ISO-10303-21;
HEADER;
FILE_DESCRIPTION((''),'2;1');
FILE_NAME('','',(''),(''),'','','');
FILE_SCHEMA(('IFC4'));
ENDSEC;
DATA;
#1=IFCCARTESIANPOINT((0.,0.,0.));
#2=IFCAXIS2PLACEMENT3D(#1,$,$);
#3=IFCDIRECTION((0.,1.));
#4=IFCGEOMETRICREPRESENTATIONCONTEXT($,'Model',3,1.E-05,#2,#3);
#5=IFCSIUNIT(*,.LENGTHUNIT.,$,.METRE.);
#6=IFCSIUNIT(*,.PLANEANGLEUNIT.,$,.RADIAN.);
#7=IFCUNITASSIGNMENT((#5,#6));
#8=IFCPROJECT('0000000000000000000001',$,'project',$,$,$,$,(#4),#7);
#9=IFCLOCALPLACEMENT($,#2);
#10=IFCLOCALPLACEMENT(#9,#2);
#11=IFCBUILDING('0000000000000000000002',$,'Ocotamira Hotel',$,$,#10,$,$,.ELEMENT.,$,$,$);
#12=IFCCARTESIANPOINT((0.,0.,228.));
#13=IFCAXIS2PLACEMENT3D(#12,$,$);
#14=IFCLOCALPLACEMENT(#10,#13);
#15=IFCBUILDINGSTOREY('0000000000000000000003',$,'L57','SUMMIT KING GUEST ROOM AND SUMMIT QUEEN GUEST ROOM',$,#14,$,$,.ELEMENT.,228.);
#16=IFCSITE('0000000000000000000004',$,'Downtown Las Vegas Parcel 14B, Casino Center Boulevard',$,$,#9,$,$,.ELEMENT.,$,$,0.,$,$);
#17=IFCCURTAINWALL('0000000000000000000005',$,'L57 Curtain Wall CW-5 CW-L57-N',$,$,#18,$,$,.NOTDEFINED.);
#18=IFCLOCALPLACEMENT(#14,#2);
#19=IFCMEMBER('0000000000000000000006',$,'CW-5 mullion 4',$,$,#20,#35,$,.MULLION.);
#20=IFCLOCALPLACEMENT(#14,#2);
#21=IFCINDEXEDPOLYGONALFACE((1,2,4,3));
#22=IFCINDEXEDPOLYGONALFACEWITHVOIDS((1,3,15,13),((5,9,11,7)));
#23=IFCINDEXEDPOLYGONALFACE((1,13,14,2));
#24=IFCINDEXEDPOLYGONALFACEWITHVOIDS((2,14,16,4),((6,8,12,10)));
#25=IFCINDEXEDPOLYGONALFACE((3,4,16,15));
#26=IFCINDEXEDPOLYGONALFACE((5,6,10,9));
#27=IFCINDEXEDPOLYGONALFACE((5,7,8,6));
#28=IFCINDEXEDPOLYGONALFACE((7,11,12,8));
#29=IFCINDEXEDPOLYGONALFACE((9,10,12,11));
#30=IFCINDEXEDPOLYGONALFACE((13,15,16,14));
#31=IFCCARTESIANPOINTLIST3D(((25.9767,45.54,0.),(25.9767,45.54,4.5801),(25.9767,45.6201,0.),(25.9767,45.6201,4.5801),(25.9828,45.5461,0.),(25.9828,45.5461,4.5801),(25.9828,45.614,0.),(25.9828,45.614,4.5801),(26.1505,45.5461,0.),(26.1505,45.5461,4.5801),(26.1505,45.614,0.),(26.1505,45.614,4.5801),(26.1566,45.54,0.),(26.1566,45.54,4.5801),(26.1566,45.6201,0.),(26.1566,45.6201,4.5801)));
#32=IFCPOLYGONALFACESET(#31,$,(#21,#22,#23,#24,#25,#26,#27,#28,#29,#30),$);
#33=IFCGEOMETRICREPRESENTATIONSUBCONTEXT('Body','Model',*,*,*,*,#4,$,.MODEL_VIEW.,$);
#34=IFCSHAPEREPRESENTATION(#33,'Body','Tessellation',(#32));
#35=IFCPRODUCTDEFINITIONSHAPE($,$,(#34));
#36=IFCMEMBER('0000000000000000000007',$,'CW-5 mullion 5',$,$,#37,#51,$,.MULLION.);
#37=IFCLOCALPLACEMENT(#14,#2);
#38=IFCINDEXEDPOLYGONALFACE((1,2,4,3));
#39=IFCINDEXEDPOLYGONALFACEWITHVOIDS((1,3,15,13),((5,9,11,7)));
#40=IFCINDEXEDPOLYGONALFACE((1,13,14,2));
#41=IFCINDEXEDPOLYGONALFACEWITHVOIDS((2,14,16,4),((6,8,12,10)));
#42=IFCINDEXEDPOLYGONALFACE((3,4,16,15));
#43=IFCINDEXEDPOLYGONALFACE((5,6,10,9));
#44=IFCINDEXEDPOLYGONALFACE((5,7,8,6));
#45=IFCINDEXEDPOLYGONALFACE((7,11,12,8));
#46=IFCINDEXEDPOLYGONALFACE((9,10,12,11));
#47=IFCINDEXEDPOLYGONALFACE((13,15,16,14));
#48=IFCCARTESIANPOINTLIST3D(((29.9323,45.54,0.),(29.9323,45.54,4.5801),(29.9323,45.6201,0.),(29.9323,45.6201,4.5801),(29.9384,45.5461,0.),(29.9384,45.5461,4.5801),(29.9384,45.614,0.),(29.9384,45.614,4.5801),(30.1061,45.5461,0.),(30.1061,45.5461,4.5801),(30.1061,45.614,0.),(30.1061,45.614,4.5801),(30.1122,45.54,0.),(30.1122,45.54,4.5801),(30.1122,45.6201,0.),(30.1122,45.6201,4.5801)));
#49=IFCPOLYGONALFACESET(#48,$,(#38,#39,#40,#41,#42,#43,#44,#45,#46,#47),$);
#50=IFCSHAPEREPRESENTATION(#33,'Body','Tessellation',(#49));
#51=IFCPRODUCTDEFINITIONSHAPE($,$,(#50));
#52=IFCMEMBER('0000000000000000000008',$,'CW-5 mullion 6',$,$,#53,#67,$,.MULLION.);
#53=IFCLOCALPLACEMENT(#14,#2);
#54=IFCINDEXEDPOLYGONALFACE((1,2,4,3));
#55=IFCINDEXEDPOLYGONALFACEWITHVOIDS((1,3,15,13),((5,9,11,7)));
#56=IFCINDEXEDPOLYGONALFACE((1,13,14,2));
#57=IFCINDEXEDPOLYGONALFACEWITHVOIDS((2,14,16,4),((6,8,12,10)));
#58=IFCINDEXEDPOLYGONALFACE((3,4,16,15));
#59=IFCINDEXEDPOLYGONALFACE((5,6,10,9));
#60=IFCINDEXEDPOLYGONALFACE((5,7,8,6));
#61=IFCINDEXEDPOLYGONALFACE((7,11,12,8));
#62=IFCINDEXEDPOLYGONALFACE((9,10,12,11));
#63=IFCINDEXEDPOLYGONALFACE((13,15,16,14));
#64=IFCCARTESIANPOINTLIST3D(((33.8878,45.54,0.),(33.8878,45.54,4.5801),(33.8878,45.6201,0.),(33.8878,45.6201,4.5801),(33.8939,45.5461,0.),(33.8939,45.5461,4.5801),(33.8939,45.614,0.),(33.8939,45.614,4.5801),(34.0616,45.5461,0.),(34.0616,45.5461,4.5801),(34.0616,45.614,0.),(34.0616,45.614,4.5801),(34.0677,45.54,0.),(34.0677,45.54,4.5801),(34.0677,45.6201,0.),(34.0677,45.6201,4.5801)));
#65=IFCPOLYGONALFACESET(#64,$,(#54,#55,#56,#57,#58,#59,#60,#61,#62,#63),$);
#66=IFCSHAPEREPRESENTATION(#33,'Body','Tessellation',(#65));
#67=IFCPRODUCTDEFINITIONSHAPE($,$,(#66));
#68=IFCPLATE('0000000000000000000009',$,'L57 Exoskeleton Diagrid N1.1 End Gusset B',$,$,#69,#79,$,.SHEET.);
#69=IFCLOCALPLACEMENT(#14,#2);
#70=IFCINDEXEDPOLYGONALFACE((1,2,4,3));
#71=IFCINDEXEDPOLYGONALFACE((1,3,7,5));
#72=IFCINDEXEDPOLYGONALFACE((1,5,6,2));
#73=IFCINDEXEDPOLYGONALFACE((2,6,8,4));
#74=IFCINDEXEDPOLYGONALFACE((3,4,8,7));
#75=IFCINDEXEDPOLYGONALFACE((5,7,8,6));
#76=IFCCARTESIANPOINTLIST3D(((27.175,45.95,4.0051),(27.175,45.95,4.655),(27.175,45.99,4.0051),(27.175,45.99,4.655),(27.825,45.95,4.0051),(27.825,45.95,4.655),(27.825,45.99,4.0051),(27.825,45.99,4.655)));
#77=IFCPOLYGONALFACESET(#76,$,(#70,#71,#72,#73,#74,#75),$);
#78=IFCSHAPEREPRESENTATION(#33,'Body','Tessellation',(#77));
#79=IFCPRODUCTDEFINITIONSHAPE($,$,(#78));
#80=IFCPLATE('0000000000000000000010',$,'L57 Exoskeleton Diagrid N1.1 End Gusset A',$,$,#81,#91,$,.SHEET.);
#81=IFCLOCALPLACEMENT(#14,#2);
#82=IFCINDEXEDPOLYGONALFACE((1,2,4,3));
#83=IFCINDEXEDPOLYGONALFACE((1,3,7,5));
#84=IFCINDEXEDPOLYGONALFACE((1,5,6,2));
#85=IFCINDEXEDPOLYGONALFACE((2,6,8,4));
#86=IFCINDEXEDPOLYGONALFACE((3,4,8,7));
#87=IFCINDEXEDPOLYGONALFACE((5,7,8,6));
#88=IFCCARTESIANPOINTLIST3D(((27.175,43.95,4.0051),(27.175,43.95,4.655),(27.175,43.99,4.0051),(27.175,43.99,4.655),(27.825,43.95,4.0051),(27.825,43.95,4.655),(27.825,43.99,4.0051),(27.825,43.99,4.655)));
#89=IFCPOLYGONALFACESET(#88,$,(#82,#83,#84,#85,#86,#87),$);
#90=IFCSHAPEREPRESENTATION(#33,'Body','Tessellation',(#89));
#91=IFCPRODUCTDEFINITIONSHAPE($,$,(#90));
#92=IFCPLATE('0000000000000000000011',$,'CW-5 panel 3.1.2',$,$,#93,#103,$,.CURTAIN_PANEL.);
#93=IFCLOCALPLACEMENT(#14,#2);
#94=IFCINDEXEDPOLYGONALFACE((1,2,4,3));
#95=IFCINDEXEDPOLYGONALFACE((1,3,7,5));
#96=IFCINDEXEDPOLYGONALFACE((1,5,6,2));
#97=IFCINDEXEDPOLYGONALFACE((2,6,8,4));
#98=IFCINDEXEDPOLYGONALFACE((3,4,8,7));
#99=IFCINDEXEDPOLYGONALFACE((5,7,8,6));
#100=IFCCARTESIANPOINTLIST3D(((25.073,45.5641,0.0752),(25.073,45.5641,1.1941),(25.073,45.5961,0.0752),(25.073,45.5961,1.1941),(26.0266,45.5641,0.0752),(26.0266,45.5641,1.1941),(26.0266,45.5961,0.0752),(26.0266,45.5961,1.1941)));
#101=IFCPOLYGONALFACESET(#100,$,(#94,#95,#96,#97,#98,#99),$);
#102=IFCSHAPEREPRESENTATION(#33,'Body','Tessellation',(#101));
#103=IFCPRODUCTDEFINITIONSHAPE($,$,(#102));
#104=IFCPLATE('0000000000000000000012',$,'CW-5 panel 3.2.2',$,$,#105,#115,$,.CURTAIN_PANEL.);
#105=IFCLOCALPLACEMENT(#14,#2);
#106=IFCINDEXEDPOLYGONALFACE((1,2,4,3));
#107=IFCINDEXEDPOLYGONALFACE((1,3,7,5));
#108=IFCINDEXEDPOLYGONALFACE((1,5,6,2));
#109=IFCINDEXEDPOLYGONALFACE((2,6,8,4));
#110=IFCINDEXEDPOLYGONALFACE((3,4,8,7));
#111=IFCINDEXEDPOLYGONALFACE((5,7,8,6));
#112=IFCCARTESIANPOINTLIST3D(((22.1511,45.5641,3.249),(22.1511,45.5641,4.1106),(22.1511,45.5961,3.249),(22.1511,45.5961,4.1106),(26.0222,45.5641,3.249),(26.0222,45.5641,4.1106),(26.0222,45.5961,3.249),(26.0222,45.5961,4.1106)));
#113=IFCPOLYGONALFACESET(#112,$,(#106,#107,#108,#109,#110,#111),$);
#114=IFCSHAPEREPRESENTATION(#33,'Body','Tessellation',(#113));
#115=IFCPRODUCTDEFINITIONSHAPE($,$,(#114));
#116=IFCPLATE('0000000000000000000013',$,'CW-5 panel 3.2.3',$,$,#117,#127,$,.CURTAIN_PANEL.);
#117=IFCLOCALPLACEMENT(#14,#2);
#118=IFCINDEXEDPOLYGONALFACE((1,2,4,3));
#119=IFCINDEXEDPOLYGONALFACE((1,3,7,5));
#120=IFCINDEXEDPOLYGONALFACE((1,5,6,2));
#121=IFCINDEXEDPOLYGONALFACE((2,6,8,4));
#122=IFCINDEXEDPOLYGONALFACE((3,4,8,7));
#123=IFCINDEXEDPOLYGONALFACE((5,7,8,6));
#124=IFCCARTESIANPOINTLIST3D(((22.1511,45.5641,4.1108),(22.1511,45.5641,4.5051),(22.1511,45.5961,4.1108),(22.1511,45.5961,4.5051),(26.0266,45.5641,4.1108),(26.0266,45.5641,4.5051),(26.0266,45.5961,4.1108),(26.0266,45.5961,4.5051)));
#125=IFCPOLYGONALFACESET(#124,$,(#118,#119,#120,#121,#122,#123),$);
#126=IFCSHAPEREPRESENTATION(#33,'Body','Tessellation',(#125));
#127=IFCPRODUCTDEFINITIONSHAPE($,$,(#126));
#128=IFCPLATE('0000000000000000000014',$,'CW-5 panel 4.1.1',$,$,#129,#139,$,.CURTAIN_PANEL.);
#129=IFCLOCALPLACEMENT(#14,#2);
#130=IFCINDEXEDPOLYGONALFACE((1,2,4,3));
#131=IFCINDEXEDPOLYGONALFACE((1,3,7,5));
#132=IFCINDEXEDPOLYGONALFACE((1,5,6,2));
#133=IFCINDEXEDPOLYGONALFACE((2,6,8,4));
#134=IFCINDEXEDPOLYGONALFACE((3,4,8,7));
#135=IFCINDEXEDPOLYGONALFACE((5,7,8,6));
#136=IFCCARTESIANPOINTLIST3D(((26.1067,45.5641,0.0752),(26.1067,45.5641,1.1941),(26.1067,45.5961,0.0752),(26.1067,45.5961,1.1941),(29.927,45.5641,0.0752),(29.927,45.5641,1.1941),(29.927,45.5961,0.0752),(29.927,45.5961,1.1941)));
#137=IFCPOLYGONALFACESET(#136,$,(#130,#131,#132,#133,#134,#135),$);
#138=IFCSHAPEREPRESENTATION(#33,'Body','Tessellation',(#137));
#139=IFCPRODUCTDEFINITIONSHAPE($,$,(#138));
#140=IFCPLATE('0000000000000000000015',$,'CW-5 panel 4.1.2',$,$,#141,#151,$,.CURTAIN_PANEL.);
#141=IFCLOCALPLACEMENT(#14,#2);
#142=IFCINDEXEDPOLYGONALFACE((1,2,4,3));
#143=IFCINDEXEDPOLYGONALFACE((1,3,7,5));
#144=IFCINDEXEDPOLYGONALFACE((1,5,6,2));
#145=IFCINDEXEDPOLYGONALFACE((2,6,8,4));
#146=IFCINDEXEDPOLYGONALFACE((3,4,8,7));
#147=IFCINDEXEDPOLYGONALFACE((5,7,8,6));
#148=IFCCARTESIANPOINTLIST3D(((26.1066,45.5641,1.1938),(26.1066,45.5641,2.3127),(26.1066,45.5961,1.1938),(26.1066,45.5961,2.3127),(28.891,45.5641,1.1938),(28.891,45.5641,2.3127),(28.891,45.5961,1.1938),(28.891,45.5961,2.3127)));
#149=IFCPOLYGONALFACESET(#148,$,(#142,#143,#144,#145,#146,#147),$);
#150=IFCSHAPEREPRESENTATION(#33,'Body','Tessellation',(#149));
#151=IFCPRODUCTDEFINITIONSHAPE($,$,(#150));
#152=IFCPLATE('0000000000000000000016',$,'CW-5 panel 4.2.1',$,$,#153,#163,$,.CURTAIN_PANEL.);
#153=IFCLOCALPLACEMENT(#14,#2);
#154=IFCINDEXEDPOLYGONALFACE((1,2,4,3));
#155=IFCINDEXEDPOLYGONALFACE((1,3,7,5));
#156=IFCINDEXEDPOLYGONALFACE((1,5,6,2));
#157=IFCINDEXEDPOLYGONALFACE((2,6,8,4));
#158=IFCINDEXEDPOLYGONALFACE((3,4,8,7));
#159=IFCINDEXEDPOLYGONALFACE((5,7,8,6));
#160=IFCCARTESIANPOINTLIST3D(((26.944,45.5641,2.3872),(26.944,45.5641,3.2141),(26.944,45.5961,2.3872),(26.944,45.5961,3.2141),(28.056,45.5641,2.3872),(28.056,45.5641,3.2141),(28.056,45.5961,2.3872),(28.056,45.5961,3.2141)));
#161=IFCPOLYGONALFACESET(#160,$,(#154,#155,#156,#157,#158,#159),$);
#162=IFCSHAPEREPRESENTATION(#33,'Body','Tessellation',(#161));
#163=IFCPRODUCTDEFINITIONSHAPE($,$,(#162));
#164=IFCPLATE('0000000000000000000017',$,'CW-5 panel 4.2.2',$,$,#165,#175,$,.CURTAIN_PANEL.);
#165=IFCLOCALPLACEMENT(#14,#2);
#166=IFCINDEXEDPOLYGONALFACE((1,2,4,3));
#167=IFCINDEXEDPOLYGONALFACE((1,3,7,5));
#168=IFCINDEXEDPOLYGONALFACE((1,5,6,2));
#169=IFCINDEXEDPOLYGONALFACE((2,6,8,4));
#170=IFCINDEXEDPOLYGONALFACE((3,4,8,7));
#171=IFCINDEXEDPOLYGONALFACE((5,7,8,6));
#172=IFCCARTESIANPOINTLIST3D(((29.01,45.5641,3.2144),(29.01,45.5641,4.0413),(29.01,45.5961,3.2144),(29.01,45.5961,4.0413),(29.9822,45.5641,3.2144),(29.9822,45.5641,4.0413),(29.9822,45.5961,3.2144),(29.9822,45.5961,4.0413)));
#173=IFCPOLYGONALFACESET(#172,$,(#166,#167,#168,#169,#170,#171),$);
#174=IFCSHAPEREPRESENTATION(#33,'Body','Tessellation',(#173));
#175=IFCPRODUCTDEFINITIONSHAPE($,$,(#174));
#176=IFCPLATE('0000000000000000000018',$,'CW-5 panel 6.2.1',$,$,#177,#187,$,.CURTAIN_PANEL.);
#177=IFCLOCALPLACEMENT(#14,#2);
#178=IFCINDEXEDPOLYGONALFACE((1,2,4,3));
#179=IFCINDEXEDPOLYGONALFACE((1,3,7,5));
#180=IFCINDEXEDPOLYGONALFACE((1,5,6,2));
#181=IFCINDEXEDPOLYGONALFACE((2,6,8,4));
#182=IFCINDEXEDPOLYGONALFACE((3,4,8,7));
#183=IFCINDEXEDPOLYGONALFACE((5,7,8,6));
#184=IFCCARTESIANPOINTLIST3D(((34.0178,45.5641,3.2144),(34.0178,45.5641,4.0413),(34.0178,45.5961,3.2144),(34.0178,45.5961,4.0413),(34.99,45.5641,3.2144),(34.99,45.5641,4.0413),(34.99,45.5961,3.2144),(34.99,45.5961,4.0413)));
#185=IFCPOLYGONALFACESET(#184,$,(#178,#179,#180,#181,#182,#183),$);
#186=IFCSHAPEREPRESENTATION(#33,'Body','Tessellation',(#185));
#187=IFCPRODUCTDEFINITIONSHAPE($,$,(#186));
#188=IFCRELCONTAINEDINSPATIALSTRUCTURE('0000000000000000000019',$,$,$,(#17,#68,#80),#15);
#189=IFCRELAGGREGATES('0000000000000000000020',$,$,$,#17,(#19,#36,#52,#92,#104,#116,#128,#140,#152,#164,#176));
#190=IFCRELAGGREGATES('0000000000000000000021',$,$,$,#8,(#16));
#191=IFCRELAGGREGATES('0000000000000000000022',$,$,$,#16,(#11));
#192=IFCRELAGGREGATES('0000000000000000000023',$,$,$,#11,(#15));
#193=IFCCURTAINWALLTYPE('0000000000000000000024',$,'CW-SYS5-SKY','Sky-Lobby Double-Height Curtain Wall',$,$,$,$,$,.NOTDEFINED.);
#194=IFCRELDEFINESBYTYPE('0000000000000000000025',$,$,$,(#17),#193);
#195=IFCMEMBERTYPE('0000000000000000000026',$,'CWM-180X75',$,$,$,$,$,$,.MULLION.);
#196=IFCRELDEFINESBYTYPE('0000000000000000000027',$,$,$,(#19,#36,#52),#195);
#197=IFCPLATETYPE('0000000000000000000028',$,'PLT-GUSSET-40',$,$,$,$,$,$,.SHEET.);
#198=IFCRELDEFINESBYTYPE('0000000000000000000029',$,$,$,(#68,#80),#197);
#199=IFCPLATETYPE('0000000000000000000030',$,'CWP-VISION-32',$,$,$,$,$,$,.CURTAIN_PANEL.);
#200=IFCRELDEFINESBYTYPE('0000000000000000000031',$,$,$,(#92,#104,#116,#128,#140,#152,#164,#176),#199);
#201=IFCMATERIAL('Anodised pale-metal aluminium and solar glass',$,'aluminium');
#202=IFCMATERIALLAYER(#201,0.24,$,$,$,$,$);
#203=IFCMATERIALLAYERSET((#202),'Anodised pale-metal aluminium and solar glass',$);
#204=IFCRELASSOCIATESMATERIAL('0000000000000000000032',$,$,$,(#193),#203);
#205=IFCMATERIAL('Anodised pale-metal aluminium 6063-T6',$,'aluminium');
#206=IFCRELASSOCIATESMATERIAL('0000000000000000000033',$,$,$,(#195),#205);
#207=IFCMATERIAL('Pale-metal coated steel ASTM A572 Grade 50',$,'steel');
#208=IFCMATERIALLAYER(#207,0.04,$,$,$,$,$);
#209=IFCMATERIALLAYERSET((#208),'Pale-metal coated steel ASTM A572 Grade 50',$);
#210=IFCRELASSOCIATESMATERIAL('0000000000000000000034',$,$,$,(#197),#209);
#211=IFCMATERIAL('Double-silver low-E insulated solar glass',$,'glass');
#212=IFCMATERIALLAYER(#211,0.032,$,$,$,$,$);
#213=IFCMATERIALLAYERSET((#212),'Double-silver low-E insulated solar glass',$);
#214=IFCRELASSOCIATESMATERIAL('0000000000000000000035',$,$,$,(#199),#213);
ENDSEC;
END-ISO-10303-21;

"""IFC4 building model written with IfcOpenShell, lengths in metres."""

from ifc_helpers import new_model, si_unit, direction, frame, origin, origin_2d, place, context, subcontext, project, spatial, rectangle, hollow_rectangle, extrude, source, transform, mapped, material, layer, layer_set, material_profile, profile_set, type_object, element, aggregate, save


model = new_model("IFC4")

# Units and contexts
model_context = context("Model", 3, precision=1e-05, world=origin(), true_north=direction((0.0, 1.0)))
body_context = subcontext(model_context, "Body", "Model", "MODEL_VIEW")
ifc_project = project(units=[si_unit("LENGTHUNIT", "METRE"), si_unit("PLANEANGLEUNIT", "RADIAN")], contexts=[model_context])

# Site, building, storey
site_placement = place(None, origin())
site = spatial("IfcSite", under=ifc_project, at=site_placement, Name="Downtown Las Vegas Parcel 14B, Casino Center Boulevard", CompositionType="ELEMENT", RefElevation=0.0)
building_placement = place(site_placement, origin())
building = spatial("IfcBuilding", under=site, at=building_placement, Name="Ocotamira Hotel", CompositionType="ELEMENT")
storey_placement = place(building_placement, frame((0.0, 0.0, 228.0)))
storey = spatial("IfcBuildingStorey", under=building, at=storey_placement, Name="L57", Description="SUMMIT KING GUEST ROOM AND SUMMIT QUEEN GUEST ROOM", CompositionType="ELEMENT", Elevation=228.0)

# Curtain wall, members
ifc_material_1 = material(Name="Anodised pale-metal aluminium and solar glass", Category="aluminium")
ifc_layer_1 = layer(ifc_material_1, 0.24)
ifc_layer_set_1 = layer_set([ifc_layer_1], Name="Anodised pale-metal aluminium and solar glass")
curtain_wall_type = type_object("IfcCurtainWallType", Name="CW-SYS5-SKY", Description="Sky-Lobby Double-Height Curtain Wall", PredefinedType="NOTDEFINED", material=ifc_layer_set_1)
curtain_wall_placement = place(storey_placement, origin())
curtain_wall = element("IfcCurtainWall", 1, at=curtain_wall_placement, inside=storey, type_object=curtain_wall_type, Name="L57 Curtain Wall CW-5 CW-L57-N", PredefinedType="NOTDEFINED")
ifc_material_2 = material(Name="Anodised pale-metal aluminium 6063-T6", Category="aluminium")
ifc_material_profile_1 = material_profile(ifc_material_2, hollow_rectangle(XDim=0.0801, YDim=0.1799, WallThickness=0.0061, at=origin_2d()), Name="HSS180X80X6")
ifc_profile_set_1 = profile_set([ifc_material_profile_1], Name="Anodised pale-metal aluminium 6063-T6")
member_type_1 = type_object("IfcMemberType", Name="CWM-180X75", PredefinedType="MULLION", material=ifc_profile_set_1)
shared_shape_1 = source(origin(), body_context, "Body", "SweptSolid", [
    extrude(hollow_rectangle(XDim=0.0801, YDim=0.1799, WallThickness=0.0061, at=origin_2d()), origin(), (0.0, 0.0, 1.0), 4.5801),
])
member_1_placement = place(storey_placement, frame((26.0667, 45.5801, 0.0), z_axis=(0.0, 0.0, 1.0), x_axis=(0.0, 1.0, 0.0)))
member_1 = element("IfcMember", 2, at=member_1_placement, type_object=member_type_1, Name="CW-5 mullion 4", PredefinedType="MULLION", context=body_context, shape_type="MappedRepresentation", body=[
    mapped(shared_shape_1, transform((0.0, 0.0, 0.0), scale=1.0)),
])
member_2_placement = place(storey_placement, frame((30.0222, 45.5801, 0.0), z_axis=(0.0, 0.0, 1.0), x_axis=(0.0, 1.0, 0.0)))
member_2 = element("IfcMember", 3, at=member_2_placement, type_object=member_type_1, Name="CW-5 mullion 5", PredefinedType="MULLION", context=body_context, shape_type="MappedRepresentation", body=[
    mapped(shared_shape_1, transform((0.0, 0.0, 0.0), scale=1.0)),
])
member_3_placement = place(storey_placement, frame((33.9778, 45.5801, 0.0), z_axis=(0.0, 0.0, 1.0), x_axis=(0.0, 1.0, 0.0)))
member_3 = element("IfcMember", 4, at=member_3_placement, type_object=member_type_1, Name="CW-5 mullion 6", PredefinedType="MULLION", context=body_context, shape_type="MappedRepresentation", body=[
    mapped(shared_shape_1, transform((0.0, 0.0, 0.0), scale=1.0)),
])

# Plates
ifc_material_3 = material(Name="Pale-metal coated steel ASTM A572 Grade 50", Category="steel")
ifc_layer_2 = layer(ifc_material_3, 0.04)
ifc_layer_set_2 = layer_set([ifc_layer_2], Name="Pale-metal coated steel ASTM A572 Grade 50")
plate_type_1 = type_object("IfcPlateType", Name="PLT-GUSSET-40", PredefinedType="SHEET", material=ifc_layer_set_2)
shared_shape_2 = source(origin(), body_context, "Body", "SweptSolid", [
    extrude(rectangle(XDim=0.6499, YDim=0.04, at=origin_2d()), origin(), (0.0, 0.0, 1.0), 0.6499),
])
for number, where, z_axis, x_axis, name in (
    (5, (27.5, 45.97, 4.0051), (0.0, 0.0, 1.0), (1.0, 0.0, 0.0), "L57 Exoskeleton Diagrid N1.1 End Gusset B"),
    (6, (27.5, 43.97, 4.0051), (0.0, 0.0, 1.0), (-1.0, 0.0, 0.0), "L57 Exoskeleton Diagrid N1.1 End Gusset A"),
):
    element("IfcPlate", number, at=place(storey_placement, frame(where, z_axis=z_axis, x_axis=x_axis)), inside=storey, type_object=plate_type_1, Name=name, PredefinedType="SHEET", context=body_context, shape_type="MappedRepresentation", body=[
        mapped(shared_shape_2, transform((0.0, 0.0, 0.0), scale=1.0)),
    ])

# Plates
ifc_material_4 = material(Name="Double-silver low-E insulated solar glass", Category="glass")
ifc_layer_3 = layer(ifc_material_4, 0.032)
ifc_layer_set_3 = layer_set([ifc_layer_3], Name="Double-silver low-E insulated solar glass")
plate_type_2 = type_object("IfcPlateType", Name="CWP-VISION-32", PredefinedType="CURTAIN_PANEL", material=ifc_layer_set_3)
shared_shape_3 = source(origin(), body_context, "Body", "SweptSolid", [
    extrude(rectangle(XDim=0.9536, YDim=0.032, at=origin_2d()), origin(), (0.0, 0.0, 1.0), 1.1189),
])
plate_1_placement = place(storey_placement, frame((25.5498, 45.5801, 0.0752), z_axis=(0.0, 0.0, 1.0), x_axis=(1.0, 0.0, 0.0)))
plate_1 = element("IfcPlate", 7, at=plate_1_placement, type_object=plate_type_2, Name="CW-5 panel 3.1.2", PredefinedType="CURTAIN_PANEL", context=body_context, shape_type="MappedRepresentation", body=[
    mapped(shared_shape_3, transform((0.0, 0.0, 0.0), scale=1.0)),
])
shared_shape_4 = source(origin(), body_context, "Body", "SweptSolid", [
    extrude(rectangle(XDim=3.8711, YDim=0.032, at=origin_2d()), origin(), (0.0, 0.0, 1.0), 0.8616),
])
plate_2_placement = place(storey_placement, frame((24.0867, 45.5801, 3.249), z_axis=(0.0, 0.0, 1.0), x_axis=(1.0, 0.0, 0.0)))
plate_2 = element("IfcPlate", 8, at=plate_2_placement, type_object=plate_type_2, Name="CW-5 panel 3.2.2", PredefinedType="CURTAIN_PANEL", context=body_context, shape_type="MappedRepresentation", body=[
    mapped(shared_shape_4, transform((0.0, 0.0, 0.0), scale=1.0)),
])
shared_shape_5 = source(origin(), body_context, "Body", "SweptSolid", [
    extrude(rectangle(XDim=3.8755, YDim=0.032, at=origin_2d()), origin(), (0.0, 0.0, 1.0), 0.3943),
])
plate_3_placement = place(storey_placement, frame((24.0889, 45.5801, 4.1108), z_axis=(0.0, 0.0, 1.0), x_axis=(1.0, 0.0, 0.0)))
plate_3 = element("IfcPlate", 9, at=plate_3_placement, type_object=plate_type_2, Name="CW-5 panel 3.2.3", PredefinedType="CURTAIN_PANEL", context=body_context, shape_type="MappedRepresentation", body=[
    mapped(shared_shape_5, transform((0.0, 0.0, 0.0), scale=1.0)),
])
shared_shape_6 = source(origin(), body_context, "Body", "SweptSolid", [
    extrude(rectangle(XDim=3.8203, YDim=0.032, at=origin_2d()), origin(), (0.0, 0.0, 1.0), 1.1189),
])
plate_4_placement = place(storey_placement, frame((28.0168, 45.5801, 0.0752), z_axis=(0.0, 0.0, 1.0), x_axis=(1.0, 0.0, 0.0)))
plate_4 = element("IfcPlate", 10, at=plate_4_placement, type_object=plate_type_2, Name="CW-5 panel 4.1.1", PredefinedType="CURTAIN_PANEL", context=body_context, shape_type="MappedRepresentation", body=[
    mapped(shared_shape_6, transform((0.0, 0.0, 0.0), scale=1.0)),
])
shared_shape_7 = source(origin(), body_context, "Body", "SweptSolid", [
    extrude(rectangle(XDim=2.7844, YDim=0.032, at=origin_2d()), origin(), (0.0, 0.0, 1.0), 1.1189),
])
plate_5_placement = place(storey_placement, frame((27.4988, 45.5801, 1.1938), z_axis=(0.0, 0.0, 1.0), x_axis=(1.0, 0.0, 0.0)))
plate_5 = element("IfcPlate", 11, at=plate_5_placement, type_object=plate_type_2, Name="CW-5 panel 4.1.2", PredefinedType="CURTAIN_PANEL", context=body_context, shape_type="MappedRepresentation", body=[
    mapped(shared_shape_7, transform((0.0, 0.0, 0.0), scale=1.0)),
])
shared_shape_8 = source(origin(), body_context, "Body", "SweptSolid", [
    extrude(rectangle(XDim=1.1121, YDim=0.032, at=origin_2d()), origin(), (0.0, 0.0, 1.0), 0.8269),
])
plate_6_placement = place(storey_placement, frame((27.5, 45.5801, 2.3872), z_axis=(0.0, 0.0, 1.0), x_axis=(1.0, 0.0, 0.0)))
plate_6 = element("IfcPlate", 12, at=plate_6_placement, type_object=plate_type_2, Name="CW-5 panel 4.2.1", PredefinedType="CURTAIN_PANEL", context=body_context, shape_type="MappedRepresentation", body=[
    mapped(shared_shape_8, transform((0.0, 0.0, 0.0), scale=1.0)),
])
shared_shape_9 = source(origin(), body_context, "Body", "SweptSolid", [
    extrude(rectangle(XDim=0.9722, YDim=0.032, at=origin_2d()), origin(), (0.0, 0.0, 1.0), 0.8269),
])
plate_7_placement = place(storey_placement, frame((29.4961, 45.5801, 3.2144), z_axis=(0.0, 0.0, 1.0), x_axis=(1.0, 0.0, 0.0)))
plate_7 = element("IfcPlate", 13, at=plate_7_placement, type_object=plate_type_2, Name="CW-5 panel 4.2.2", PredefinedType="CURTAIN_PANEL", context=body_context, shape_type="MappedRepresentation", body=[
    mapped(shared_shape_9, transform((0.0, 0.0, 0.0), scale=1.0)),
])
plate_8_placement = place(storey_placement, frame((34.5039, 45.5801, 3.2144), z_axis=(0.0, 0.0, 1.0), x_axis=(1.0, 0.0, 0.0)))
plate_8 = element("IfcPlate", 14, at=plate_8_placement, type_object=plate_type_2, Name="CW-5 panel 6.2.1", PredefinedType="CURTAIN_PANEL", context=body_context, shape_type="MappedRepresentation", body=[
    mapped(shared_shape_9, transform((0.0, 0.0, 0.0), scale=1.0)),
])
aggregate(curtain_wall, [member_1, member_2, member_3, plate_1, plate_2, plate_3, plate_4, plate_5, plate_6, plate_7, plate_8])

save(model, "model.ifc")
